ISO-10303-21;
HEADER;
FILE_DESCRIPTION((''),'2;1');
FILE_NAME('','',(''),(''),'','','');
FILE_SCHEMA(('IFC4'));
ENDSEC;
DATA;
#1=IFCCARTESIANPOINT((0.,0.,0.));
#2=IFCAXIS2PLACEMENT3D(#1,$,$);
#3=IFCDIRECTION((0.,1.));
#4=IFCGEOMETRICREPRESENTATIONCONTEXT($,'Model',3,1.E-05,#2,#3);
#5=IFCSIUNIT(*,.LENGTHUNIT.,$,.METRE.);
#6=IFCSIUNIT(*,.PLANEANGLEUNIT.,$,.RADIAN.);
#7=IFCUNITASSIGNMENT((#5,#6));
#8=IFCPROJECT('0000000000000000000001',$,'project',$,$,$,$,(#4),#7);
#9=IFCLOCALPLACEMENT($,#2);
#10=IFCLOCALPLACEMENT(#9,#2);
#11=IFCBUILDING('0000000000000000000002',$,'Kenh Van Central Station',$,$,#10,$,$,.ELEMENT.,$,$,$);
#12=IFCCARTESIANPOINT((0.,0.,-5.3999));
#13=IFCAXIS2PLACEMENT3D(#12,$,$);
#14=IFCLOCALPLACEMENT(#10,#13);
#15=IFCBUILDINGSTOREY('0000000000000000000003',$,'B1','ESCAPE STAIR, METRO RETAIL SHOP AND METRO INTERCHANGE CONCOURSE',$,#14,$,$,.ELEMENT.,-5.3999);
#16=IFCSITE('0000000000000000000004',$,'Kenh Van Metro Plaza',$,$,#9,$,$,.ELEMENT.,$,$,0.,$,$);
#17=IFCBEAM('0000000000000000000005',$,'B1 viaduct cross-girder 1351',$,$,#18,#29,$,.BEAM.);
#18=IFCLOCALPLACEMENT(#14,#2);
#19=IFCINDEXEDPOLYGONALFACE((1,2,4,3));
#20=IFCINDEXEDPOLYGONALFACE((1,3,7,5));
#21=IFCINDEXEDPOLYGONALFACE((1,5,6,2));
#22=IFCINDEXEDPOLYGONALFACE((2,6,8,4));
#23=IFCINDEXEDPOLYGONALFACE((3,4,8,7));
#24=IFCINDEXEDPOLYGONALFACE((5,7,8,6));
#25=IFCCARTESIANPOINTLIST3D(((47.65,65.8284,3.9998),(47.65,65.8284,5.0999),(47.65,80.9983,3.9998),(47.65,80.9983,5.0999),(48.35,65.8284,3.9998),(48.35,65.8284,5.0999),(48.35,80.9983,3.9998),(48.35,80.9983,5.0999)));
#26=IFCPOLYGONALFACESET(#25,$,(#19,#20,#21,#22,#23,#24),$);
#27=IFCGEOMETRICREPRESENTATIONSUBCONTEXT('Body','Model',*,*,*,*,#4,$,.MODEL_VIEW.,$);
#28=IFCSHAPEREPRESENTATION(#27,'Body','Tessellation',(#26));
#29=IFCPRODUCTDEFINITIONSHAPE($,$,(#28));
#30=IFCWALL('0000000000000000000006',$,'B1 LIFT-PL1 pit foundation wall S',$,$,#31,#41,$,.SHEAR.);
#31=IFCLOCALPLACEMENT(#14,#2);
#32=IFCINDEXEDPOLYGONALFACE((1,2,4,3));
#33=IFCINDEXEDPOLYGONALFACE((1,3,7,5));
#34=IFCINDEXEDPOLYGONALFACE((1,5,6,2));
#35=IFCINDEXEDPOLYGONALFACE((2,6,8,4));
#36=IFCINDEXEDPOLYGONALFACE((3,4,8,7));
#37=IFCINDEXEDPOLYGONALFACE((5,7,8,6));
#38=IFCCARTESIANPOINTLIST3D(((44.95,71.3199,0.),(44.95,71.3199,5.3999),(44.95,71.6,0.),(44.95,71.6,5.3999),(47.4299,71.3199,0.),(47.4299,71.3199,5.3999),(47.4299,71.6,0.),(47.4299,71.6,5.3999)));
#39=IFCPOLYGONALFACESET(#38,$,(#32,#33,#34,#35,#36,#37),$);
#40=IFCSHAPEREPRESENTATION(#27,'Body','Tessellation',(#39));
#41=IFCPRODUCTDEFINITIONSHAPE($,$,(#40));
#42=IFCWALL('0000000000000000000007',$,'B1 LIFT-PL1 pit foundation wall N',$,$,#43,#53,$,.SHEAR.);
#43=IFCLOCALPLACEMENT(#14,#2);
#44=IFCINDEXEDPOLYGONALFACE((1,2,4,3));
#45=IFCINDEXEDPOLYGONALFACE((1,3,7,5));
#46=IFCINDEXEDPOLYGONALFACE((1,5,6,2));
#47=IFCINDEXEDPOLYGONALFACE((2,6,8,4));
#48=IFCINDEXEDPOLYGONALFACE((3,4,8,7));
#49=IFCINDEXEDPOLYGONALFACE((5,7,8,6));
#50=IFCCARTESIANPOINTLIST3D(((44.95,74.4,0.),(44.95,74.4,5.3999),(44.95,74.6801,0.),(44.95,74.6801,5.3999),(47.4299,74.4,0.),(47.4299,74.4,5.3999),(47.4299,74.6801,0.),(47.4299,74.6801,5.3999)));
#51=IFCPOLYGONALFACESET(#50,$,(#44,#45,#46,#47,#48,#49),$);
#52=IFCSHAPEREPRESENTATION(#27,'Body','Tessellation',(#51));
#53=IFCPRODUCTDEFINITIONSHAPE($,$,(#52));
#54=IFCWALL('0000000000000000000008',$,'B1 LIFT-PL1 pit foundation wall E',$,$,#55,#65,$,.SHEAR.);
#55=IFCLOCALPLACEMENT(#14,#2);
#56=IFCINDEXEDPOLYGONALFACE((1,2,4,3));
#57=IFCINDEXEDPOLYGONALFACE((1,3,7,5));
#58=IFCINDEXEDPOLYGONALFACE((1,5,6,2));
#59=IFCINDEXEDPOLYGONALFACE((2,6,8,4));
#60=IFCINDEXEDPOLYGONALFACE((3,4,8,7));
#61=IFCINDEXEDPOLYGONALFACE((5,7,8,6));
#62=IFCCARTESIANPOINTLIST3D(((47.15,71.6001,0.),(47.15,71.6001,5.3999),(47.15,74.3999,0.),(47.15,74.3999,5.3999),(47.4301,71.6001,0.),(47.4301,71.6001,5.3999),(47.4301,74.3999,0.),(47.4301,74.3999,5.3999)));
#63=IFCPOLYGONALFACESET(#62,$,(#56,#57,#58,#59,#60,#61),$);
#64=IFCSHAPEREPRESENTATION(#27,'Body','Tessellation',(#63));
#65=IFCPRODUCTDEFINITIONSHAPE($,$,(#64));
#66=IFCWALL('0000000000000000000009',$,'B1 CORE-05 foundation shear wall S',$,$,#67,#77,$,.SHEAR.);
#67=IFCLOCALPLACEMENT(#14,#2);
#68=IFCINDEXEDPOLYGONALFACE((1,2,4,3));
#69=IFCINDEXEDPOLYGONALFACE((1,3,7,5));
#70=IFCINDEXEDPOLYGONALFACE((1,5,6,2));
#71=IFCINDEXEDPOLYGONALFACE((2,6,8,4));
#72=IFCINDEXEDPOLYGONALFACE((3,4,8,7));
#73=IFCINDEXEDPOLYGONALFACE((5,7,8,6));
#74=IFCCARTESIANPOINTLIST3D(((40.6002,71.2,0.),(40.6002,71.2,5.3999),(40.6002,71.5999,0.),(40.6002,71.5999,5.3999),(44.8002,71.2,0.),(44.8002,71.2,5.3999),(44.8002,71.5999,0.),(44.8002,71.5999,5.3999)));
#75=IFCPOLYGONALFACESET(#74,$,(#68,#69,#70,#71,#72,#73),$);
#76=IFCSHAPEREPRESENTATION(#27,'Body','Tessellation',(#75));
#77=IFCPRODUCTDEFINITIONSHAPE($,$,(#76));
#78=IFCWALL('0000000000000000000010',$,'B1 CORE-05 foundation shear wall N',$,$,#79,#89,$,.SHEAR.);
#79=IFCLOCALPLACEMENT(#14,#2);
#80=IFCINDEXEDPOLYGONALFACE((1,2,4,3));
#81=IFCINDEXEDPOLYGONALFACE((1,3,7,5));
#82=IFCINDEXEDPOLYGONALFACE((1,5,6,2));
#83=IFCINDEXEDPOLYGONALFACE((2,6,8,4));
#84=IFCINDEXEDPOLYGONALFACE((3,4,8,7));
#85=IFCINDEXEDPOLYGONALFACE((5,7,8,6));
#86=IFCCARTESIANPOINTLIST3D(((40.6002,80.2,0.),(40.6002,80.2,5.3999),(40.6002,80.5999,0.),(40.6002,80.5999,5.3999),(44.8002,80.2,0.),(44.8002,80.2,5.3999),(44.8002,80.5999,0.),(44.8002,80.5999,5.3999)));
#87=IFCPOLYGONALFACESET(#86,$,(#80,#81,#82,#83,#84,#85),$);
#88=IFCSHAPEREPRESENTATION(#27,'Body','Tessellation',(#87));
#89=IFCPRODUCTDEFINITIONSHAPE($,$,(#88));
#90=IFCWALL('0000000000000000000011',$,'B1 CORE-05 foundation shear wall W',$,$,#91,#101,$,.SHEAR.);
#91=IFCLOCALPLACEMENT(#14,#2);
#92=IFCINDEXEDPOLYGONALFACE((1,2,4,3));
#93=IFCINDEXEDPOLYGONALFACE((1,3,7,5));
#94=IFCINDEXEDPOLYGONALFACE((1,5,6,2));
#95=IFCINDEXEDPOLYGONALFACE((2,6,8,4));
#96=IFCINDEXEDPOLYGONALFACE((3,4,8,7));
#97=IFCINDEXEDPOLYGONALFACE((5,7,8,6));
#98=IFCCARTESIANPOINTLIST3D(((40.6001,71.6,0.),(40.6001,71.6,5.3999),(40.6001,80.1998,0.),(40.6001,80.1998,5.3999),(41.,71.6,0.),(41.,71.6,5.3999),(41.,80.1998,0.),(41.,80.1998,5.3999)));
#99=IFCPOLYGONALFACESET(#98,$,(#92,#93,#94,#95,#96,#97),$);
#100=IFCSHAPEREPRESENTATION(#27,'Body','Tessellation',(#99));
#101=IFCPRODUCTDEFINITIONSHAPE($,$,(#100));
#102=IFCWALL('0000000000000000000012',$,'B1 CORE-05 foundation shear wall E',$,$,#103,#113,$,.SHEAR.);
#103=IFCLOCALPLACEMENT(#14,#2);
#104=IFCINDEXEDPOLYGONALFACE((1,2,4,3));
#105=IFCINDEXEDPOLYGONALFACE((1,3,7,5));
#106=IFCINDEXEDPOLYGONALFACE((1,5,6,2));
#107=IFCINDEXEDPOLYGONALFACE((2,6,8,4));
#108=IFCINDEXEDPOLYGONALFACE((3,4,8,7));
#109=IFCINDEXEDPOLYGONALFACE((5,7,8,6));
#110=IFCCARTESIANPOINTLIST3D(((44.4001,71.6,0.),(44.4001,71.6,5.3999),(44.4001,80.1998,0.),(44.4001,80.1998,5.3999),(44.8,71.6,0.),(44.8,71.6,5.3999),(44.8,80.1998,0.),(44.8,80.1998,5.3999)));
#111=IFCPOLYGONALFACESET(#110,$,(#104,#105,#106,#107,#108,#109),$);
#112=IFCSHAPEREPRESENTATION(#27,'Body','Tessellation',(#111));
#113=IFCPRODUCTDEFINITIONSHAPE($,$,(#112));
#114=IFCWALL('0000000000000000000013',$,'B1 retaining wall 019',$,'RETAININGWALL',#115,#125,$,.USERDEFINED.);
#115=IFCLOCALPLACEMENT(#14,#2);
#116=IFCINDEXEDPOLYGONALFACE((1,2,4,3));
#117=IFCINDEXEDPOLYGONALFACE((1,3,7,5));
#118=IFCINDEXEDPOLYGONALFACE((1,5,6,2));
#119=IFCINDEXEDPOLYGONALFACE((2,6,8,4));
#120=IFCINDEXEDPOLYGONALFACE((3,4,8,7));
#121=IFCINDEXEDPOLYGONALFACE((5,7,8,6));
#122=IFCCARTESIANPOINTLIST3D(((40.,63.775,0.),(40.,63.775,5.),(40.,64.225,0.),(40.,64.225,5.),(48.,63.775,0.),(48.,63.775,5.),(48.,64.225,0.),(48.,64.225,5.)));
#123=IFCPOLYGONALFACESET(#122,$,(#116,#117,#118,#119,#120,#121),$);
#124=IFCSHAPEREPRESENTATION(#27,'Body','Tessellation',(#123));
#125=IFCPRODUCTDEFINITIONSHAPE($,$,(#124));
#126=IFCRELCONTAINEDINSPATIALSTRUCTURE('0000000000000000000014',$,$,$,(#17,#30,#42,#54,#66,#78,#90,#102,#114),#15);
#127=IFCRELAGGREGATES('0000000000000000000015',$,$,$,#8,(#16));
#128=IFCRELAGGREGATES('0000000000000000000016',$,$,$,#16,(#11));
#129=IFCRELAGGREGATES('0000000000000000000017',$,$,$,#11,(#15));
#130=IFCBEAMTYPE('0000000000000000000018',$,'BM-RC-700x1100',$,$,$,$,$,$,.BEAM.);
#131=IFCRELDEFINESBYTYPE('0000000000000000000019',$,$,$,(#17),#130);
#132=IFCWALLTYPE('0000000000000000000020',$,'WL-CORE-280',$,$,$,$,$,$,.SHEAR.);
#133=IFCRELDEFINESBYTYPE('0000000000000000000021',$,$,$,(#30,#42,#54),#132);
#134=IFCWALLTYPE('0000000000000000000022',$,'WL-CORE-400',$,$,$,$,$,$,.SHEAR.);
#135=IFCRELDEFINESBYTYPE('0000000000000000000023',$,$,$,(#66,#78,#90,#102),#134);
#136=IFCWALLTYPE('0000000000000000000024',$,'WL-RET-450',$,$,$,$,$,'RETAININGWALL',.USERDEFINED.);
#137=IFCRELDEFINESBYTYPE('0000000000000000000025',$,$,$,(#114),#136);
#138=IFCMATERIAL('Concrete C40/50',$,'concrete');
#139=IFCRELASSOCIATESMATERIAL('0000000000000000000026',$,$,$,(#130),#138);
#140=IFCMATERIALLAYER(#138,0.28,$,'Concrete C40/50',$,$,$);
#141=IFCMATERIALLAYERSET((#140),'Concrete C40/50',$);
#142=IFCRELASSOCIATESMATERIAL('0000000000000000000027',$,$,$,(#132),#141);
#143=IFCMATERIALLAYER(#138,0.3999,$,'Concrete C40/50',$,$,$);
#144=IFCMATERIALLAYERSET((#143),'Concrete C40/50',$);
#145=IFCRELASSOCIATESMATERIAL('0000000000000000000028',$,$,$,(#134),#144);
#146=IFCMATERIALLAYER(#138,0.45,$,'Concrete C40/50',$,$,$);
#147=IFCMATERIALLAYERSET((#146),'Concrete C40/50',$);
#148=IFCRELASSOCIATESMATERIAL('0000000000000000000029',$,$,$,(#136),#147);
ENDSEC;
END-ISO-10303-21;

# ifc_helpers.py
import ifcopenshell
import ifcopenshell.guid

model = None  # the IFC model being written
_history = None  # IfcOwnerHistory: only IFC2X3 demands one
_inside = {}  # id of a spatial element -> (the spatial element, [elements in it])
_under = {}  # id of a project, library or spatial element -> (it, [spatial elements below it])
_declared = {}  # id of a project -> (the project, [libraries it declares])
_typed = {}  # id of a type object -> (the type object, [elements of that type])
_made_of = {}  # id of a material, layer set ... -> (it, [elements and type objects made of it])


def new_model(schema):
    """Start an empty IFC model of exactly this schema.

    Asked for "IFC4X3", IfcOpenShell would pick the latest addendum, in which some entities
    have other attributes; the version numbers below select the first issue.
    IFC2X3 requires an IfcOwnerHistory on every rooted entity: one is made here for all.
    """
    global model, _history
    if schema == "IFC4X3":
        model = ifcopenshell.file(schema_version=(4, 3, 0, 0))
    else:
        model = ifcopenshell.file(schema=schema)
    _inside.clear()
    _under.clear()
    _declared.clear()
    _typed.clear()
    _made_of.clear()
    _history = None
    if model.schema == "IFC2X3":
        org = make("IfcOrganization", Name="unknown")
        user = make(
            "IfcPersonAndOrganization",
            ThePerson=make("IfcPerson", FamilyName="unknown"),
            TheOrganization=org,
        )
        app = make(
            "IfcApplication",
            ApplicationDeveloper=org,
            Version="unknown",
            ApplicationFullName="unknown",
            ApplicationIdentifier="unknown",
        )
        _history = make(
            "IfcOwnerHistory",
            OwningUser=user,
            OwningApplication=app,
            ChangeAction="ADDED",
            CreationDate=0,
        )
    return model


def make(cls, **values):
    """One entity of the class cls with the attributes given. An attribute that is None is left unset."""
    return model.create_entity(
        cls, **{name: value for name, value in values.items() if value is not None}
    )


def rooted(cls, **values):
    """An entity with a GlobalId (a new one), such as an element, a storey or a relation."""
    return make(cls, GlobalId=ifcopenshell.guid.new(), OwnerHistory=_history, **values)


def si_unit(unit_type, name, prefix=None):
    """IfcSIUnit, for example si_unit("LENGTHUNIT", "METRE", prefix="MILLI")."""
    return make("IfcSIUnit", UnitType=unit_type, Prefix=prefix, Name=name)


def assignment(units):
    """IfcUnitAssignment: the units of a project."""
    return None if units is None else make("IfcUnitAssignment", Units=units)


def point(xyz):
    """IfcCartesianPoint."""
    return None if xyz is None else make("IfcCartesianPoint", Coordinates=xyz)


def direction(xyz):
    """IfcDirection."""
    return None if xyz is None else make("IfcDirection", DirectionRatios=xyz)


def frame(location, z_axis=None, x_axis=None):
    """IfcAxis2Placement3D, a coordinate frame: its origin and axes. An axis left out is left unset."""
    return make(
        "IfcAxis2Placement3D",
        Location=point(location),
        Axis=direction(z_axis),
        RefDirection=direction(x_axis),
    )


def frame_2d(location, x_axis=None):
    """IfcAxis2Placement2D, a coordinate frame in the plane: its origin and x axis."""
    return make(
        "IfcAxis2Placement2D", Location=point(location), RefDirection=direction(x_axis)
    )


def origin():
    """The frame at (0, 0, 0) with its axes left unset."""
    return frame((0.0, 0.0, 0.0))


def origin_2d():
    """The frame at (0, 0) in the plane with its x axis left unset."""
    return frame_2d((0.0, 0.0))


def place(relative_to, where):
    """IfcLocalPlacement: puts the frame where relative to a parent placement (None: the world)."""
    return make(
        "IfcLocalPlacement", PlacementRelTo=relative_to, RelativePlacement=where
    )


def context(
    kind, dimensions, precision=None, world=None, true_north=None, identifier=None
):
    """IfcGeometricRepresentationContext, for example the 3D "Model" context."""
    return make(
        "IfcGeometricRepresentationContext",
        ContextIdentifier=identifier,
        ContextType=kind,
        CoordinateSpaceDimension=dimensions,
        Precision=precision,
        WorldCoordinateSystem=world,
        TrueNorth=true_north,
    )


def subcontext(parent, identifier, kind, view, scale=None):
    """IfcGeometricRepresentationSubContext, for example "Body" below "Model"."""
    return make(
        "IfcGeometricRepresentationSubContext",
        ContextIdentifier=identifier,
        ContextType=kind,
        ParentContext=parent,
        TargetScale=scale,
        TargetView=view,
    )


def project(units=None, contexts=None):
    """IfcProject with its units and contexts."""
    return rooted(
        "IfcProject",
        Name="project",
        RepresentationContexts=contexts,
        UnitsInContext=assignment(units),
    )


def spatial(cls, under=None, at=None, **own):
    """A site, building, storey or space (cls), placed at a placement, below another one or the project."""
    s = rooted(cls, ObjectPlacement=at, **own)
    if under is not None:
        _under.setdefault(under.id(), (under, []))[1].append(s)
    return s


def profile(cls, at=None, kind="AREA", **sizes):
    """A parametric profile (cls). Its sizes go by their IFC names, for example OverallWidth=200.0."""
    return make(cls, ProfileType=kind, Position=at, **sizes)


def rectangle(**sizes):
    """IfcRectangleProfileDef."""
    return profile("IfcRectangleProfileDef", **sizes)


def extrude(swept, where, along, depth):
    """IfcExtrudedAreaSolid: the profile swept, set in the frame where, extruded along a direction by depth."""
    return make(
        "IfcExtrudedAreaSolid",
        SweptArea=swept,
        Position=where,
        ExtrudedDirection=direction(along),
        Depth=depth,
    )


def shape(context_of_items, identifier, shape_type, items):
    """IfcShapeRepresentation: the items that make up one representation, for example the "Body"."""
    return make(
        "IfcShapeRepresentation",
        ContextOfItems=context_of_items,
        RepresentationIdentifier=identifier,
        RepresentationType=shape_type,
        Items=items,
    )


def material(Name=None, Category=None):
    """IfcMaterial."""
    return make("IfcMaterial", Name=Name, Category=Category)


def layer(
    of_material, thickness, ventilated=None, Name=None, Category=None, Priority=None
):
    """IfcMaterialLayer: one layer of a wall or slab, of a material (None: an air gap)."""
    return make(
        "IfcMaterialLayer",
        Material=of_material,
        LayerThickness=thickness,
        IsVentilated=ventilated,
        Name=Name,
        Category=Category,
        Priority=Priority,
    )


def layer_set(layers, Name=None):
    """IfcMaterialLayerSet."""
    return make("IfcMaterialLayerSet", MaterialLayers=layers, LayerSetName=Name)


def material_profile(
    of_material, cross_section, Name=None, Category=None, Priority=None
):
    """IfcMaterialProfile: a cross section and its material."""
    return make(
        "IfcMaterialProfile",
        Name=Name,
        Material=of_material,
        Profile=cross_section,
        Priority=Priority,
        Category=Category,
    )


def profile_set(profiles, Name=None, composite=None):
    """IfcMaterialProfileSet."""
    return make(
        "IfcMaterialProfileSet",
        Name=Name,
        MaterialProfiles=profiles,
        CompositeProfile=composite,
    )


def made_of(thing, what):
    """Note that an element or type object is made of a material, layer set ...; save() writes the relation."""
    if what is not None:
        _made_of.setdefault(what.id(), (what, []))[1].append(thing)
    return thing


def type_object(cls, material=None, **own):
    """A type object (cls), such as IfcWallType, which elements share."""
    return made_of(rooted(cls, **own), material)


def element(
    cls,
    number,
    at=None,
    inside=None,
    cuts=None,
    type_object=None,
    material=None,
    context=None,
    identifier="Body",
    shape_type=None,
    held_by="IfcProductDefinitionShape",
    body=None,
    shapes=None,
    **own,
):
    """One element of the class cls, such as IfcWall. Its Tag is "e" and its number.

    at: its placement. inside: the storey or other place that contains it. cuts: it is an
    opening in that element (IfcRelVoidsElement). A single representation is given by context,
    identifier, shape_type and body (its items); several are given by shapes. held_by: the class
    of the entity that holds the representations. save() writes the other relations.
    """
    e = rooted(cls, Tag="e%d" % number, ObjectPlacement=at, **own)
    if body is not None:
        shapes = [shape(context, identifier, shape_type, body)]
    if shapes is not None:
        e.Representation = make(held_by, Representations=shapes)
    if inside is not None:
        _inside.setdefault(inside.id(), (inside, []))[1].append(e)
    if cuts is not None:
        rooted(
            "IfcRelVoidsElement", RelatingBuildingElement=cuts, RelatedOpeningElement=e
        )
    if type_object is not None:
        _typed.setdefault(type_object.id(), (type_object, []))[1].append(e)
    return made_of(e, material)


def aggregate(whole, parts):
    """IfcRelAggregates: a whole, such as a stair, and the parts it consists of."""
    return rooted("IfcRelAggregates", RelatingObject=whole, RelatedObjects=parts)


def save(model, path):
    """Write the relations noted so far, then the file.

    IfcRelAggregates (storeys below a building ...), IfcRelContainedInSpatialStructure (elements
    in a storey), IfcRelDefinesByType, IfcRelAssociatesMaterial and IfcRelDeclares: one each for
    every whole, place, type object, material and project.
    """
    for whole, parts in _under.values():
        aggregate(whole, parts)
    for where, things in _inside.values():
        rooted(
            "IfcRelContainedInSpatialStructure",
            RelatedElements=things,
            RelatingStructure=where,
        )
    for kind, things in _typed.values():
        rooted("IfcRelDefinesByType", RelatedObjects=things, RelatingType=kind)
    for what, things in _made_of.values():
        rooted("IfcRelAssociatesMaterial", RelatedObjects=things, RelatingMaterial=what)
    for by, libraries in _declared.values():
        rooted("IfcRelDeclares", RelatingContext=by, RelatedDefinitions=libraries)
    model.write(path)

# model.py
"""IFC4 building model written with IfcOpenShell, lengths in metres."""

from ifc_helpers import new_model, si_unit, direction, frame, frame_2d, origin, origin_2d, place, context, subcontext, project, spatial, rectangle, extrude, material, layer, layer_set, material_profile, profile_set, type_object, element, save


model = new_model("IFC4")

# Units and contexts
model_context = context("Model", 3, precision=1e-05, world=origin(), true_north=direction((0.0, 1.0)))
body_context = subcontext(model_context, "Body", "Model", "MODEL_VIEW")
ifc_project = project(units=[si_unit("LENGTHUNIT", "METRE"), si_unit("PLANEANGLEUNIT", "RADIAN")], contexts=[model_context])

# Site, building, storey
site_placement = place(None, origin())
site = spatial("IfcSite", under=ifc_project, at=site_placement, Name="Kenh Van Metro Plaza", CompositionType="ELEMENT", RefElevation=0.0)
building_placement = place(site_placement, origin())
building = spatial("IfcBuilding", under=site, at=building_placement, Name="Kenh Van Central Station", CompositionType="ELEMENT")
storey_placement = place(building_placement, frame((0.0, 0.0, -5.3999)))
storey = spatial("IfcBuildingStorey", under=building, at=storey_placement, Name="B1", Description="ESCAPE STAIR, METRO RETAIL SHOP AND METRO INTERCHANGE CONCOURSE", CompositionType="ELEMENT", Elevation=-5.3999)

# Shared definitions
ifc_material = material(Name="Concrete C40/50", Category="concrete")

# Beam
ifc_material_profile_1 = material_profile(ifc_material, rectangle(XDim=0.7, YDim=1.1001, at=origin_2d()), Name="RC 700x1100")
ifc_profile_set_1 = profile_set([ifc_material_profile_1], Name="Concrete C40/50")
beam_type_1 = type_object("IfcBeamType", Name="BM-RC-700x1100", PredefinedType="BEAM", material=ifc_profile_set_1)
beam_1_placement = place(storey_placement, frame((48.0, 65.8284, 4.5498), z_axis=(0.0, 1.0, 0.0), x_axis=(-1.0, 0.0, 0.0)))
element("IfcBeam", 1, at=beam_1_placement, inside=storey, type_object=beam_type_1, Name="B1 viaduct cross-girder 1351", PredefinedType="BEAM", context=body_context, shape_type="SweptSolid", body=[
    extrude(rectangle(XDim=0.7, YDim=1.1001, at=origin_2d()), origin(), (0.0, 0.0, 1.0), 15.1699),
])

# Walls
ifc_layer_1 = layer(ifc_material, 0.28, Name="Concrete C40/50")
ifc_layer_set_1 = layer_set([ifc_layer_1], Name="Concrete C40/50")
wall_type_1 = type_object("IfcWallType", Name="WL-CORE-280", PredefinedType="SHEAR", material=ifc_layer_set_1)
for number, where, z_axis, x_axis, name in (
    (2, (44.95, 71.46, 0.0), (0.0, 0.0, 1.0), (1.0, 0.0, 0.0), "B1 LIFT-PL1 pit foundation wall S"),
    (3, (44.95, 74.54, 0.0), (0.0, 0.0, 1.0), (1.0, 0.0, 0.0), "B1 LIFT-PL1 pit foundation wall N"),
):
    element("IfcWall", number, at=place(storey_placement, frame(where, z_axis=z_axis, x_axis=x_axis)), inside=storey, type_object=wall_type_1, Name=name, PredefinedType="SHEAR", context=body_context, shape_type="SweptSolid", body=[
        extrude(rectangle(XDim=2.48, YDim=0.28, at=frame_2d((1.24, 0.0))), origin(), (0.0, 0.0, 1.0), 5.3999),
    ])
wall_1_placement = place(storey_placement, frame((47.29, 71.6001, 0.0), z_axis=(0.0, 0.0, 1.0), x_axis=(0.0, 1.0, 0.0)))
element("IfcWall", 4, at=wall_1_placement, inside=storey, type_object=wall_type_1, Name="B1 LIFT-PL1 pit foundation wall E", PredefinedType="SHEAR", context=body_context, shape_type="SweptSolid", body=[
    extrude(rectangle(XDim=2.7998, YDim=0.28, at=frame_2d((1.3999, 0.0))), origin(), (0.0, 0.0, 1.0), 5.3999),
])
ifc_layer_2 = layer(ifc_material, 0.3999, Name="Concrete C40/50")
ifc_layer_set_2 = layer_set([ifc_layer_2], Name="Concrete C40/50")
wall_type_2 = type_object("IfcWallType", Name="WL-CORE-400", PredefinedType="SHEAR", material=ifc_layer_set_2)
for number, where, z_axis, x_axis, name in (
    (5, (40.6001, 71.3999, 0.0), (0.0, 0.0, 1.0), (1.0, 0.0, 0.0), "B1 CORE-05 foundation shear wall S"),
    (6, (40.6001, 80.3999, 0.0), (0.0, 0.0, 1.0), (1.0, 0.0, 0.0), "B1 CORE-05 foundation shear wall N"),
):
    element("IfcWall", number, at=place(storey_placement, frame(where, z_axis=z_axis, x_axis=x_axis)), inside=storey, type_object=wall_type_2, Name=name, PredefinedType="SHEAR", context=body_context, shape_type="SweptSolid", body=[
        extrude(rectangle(XDim=4.2, YDim=0.3999, at=frame_2d((2.1001, 0.0))), origin(), (0.0, 0.0, 1.0), 5.3999),
    ])
for number, where, z_axis, x_axis, name in (
    (7, (40.8, 71.6001, 0.0), (0.0, 0.0, 1.0), (0.0, 1.0, 0.0), "B1 CORE-05 foundation shear wall W"),
    (8, (44.6001, 71.6001, 0.0), (0.0, 0.0, 1.0), (0.0, 1.0, 0.0), "B1 CORE-05 foundation shear wall E"),
):
    element("IfcWall", number, at=place(storey_placement, frame(where, z_axis=z_axis, x_axis=x_axis)), inside=storey, type_object=wall_type_2, Name=name, PredefinedType="SHEAR", context=body_context, shape_type="SweptSolid", body=[
        extrude(rectangle(XDim=8.5999, YDim=0.3999, at=frame_2d((4.2998, 0.0))), origin(), (0.0, 0.0, 1.0), 5.3999),
    ])
ifc_layer_3 = layer(ifc_material, 0.45, Name="Concrete C40/50")
ifc_layer_set_3 = layer_set([ifc_layer_3], Name="Concrete C40/50")
wall_type_3 = type_object("IfcWallType", Name="WL-RET-450", ElementType="RETAININGWALL", PredefinedType="USERDEFINED", material=ifc_layer_set_3)
wall_2_placement = place(storey_placement, frame((40.0, 64.0, 0.0), z_axis=(0.0, 0.0, 1.0), x_axis=(1.0, 0.0, 0.0)))
element("IfcWall", 9, at=wall_2_placement, inside=storey, type_object=wall_type_3, Name="B1 retaining wall 019", ObjectType="RETAININGWALL", PredefinedType="USERDEFINED", context=body_context, shape_type="SweptSolid", body=[
    extrude(rectangle(XDim=8.0, YDim=0.45, at=frame_2d((4.0, 0.0))), origin(), (0.0, 0.0, 1.0), 5.0),
])

save(model, "model.ifc")
